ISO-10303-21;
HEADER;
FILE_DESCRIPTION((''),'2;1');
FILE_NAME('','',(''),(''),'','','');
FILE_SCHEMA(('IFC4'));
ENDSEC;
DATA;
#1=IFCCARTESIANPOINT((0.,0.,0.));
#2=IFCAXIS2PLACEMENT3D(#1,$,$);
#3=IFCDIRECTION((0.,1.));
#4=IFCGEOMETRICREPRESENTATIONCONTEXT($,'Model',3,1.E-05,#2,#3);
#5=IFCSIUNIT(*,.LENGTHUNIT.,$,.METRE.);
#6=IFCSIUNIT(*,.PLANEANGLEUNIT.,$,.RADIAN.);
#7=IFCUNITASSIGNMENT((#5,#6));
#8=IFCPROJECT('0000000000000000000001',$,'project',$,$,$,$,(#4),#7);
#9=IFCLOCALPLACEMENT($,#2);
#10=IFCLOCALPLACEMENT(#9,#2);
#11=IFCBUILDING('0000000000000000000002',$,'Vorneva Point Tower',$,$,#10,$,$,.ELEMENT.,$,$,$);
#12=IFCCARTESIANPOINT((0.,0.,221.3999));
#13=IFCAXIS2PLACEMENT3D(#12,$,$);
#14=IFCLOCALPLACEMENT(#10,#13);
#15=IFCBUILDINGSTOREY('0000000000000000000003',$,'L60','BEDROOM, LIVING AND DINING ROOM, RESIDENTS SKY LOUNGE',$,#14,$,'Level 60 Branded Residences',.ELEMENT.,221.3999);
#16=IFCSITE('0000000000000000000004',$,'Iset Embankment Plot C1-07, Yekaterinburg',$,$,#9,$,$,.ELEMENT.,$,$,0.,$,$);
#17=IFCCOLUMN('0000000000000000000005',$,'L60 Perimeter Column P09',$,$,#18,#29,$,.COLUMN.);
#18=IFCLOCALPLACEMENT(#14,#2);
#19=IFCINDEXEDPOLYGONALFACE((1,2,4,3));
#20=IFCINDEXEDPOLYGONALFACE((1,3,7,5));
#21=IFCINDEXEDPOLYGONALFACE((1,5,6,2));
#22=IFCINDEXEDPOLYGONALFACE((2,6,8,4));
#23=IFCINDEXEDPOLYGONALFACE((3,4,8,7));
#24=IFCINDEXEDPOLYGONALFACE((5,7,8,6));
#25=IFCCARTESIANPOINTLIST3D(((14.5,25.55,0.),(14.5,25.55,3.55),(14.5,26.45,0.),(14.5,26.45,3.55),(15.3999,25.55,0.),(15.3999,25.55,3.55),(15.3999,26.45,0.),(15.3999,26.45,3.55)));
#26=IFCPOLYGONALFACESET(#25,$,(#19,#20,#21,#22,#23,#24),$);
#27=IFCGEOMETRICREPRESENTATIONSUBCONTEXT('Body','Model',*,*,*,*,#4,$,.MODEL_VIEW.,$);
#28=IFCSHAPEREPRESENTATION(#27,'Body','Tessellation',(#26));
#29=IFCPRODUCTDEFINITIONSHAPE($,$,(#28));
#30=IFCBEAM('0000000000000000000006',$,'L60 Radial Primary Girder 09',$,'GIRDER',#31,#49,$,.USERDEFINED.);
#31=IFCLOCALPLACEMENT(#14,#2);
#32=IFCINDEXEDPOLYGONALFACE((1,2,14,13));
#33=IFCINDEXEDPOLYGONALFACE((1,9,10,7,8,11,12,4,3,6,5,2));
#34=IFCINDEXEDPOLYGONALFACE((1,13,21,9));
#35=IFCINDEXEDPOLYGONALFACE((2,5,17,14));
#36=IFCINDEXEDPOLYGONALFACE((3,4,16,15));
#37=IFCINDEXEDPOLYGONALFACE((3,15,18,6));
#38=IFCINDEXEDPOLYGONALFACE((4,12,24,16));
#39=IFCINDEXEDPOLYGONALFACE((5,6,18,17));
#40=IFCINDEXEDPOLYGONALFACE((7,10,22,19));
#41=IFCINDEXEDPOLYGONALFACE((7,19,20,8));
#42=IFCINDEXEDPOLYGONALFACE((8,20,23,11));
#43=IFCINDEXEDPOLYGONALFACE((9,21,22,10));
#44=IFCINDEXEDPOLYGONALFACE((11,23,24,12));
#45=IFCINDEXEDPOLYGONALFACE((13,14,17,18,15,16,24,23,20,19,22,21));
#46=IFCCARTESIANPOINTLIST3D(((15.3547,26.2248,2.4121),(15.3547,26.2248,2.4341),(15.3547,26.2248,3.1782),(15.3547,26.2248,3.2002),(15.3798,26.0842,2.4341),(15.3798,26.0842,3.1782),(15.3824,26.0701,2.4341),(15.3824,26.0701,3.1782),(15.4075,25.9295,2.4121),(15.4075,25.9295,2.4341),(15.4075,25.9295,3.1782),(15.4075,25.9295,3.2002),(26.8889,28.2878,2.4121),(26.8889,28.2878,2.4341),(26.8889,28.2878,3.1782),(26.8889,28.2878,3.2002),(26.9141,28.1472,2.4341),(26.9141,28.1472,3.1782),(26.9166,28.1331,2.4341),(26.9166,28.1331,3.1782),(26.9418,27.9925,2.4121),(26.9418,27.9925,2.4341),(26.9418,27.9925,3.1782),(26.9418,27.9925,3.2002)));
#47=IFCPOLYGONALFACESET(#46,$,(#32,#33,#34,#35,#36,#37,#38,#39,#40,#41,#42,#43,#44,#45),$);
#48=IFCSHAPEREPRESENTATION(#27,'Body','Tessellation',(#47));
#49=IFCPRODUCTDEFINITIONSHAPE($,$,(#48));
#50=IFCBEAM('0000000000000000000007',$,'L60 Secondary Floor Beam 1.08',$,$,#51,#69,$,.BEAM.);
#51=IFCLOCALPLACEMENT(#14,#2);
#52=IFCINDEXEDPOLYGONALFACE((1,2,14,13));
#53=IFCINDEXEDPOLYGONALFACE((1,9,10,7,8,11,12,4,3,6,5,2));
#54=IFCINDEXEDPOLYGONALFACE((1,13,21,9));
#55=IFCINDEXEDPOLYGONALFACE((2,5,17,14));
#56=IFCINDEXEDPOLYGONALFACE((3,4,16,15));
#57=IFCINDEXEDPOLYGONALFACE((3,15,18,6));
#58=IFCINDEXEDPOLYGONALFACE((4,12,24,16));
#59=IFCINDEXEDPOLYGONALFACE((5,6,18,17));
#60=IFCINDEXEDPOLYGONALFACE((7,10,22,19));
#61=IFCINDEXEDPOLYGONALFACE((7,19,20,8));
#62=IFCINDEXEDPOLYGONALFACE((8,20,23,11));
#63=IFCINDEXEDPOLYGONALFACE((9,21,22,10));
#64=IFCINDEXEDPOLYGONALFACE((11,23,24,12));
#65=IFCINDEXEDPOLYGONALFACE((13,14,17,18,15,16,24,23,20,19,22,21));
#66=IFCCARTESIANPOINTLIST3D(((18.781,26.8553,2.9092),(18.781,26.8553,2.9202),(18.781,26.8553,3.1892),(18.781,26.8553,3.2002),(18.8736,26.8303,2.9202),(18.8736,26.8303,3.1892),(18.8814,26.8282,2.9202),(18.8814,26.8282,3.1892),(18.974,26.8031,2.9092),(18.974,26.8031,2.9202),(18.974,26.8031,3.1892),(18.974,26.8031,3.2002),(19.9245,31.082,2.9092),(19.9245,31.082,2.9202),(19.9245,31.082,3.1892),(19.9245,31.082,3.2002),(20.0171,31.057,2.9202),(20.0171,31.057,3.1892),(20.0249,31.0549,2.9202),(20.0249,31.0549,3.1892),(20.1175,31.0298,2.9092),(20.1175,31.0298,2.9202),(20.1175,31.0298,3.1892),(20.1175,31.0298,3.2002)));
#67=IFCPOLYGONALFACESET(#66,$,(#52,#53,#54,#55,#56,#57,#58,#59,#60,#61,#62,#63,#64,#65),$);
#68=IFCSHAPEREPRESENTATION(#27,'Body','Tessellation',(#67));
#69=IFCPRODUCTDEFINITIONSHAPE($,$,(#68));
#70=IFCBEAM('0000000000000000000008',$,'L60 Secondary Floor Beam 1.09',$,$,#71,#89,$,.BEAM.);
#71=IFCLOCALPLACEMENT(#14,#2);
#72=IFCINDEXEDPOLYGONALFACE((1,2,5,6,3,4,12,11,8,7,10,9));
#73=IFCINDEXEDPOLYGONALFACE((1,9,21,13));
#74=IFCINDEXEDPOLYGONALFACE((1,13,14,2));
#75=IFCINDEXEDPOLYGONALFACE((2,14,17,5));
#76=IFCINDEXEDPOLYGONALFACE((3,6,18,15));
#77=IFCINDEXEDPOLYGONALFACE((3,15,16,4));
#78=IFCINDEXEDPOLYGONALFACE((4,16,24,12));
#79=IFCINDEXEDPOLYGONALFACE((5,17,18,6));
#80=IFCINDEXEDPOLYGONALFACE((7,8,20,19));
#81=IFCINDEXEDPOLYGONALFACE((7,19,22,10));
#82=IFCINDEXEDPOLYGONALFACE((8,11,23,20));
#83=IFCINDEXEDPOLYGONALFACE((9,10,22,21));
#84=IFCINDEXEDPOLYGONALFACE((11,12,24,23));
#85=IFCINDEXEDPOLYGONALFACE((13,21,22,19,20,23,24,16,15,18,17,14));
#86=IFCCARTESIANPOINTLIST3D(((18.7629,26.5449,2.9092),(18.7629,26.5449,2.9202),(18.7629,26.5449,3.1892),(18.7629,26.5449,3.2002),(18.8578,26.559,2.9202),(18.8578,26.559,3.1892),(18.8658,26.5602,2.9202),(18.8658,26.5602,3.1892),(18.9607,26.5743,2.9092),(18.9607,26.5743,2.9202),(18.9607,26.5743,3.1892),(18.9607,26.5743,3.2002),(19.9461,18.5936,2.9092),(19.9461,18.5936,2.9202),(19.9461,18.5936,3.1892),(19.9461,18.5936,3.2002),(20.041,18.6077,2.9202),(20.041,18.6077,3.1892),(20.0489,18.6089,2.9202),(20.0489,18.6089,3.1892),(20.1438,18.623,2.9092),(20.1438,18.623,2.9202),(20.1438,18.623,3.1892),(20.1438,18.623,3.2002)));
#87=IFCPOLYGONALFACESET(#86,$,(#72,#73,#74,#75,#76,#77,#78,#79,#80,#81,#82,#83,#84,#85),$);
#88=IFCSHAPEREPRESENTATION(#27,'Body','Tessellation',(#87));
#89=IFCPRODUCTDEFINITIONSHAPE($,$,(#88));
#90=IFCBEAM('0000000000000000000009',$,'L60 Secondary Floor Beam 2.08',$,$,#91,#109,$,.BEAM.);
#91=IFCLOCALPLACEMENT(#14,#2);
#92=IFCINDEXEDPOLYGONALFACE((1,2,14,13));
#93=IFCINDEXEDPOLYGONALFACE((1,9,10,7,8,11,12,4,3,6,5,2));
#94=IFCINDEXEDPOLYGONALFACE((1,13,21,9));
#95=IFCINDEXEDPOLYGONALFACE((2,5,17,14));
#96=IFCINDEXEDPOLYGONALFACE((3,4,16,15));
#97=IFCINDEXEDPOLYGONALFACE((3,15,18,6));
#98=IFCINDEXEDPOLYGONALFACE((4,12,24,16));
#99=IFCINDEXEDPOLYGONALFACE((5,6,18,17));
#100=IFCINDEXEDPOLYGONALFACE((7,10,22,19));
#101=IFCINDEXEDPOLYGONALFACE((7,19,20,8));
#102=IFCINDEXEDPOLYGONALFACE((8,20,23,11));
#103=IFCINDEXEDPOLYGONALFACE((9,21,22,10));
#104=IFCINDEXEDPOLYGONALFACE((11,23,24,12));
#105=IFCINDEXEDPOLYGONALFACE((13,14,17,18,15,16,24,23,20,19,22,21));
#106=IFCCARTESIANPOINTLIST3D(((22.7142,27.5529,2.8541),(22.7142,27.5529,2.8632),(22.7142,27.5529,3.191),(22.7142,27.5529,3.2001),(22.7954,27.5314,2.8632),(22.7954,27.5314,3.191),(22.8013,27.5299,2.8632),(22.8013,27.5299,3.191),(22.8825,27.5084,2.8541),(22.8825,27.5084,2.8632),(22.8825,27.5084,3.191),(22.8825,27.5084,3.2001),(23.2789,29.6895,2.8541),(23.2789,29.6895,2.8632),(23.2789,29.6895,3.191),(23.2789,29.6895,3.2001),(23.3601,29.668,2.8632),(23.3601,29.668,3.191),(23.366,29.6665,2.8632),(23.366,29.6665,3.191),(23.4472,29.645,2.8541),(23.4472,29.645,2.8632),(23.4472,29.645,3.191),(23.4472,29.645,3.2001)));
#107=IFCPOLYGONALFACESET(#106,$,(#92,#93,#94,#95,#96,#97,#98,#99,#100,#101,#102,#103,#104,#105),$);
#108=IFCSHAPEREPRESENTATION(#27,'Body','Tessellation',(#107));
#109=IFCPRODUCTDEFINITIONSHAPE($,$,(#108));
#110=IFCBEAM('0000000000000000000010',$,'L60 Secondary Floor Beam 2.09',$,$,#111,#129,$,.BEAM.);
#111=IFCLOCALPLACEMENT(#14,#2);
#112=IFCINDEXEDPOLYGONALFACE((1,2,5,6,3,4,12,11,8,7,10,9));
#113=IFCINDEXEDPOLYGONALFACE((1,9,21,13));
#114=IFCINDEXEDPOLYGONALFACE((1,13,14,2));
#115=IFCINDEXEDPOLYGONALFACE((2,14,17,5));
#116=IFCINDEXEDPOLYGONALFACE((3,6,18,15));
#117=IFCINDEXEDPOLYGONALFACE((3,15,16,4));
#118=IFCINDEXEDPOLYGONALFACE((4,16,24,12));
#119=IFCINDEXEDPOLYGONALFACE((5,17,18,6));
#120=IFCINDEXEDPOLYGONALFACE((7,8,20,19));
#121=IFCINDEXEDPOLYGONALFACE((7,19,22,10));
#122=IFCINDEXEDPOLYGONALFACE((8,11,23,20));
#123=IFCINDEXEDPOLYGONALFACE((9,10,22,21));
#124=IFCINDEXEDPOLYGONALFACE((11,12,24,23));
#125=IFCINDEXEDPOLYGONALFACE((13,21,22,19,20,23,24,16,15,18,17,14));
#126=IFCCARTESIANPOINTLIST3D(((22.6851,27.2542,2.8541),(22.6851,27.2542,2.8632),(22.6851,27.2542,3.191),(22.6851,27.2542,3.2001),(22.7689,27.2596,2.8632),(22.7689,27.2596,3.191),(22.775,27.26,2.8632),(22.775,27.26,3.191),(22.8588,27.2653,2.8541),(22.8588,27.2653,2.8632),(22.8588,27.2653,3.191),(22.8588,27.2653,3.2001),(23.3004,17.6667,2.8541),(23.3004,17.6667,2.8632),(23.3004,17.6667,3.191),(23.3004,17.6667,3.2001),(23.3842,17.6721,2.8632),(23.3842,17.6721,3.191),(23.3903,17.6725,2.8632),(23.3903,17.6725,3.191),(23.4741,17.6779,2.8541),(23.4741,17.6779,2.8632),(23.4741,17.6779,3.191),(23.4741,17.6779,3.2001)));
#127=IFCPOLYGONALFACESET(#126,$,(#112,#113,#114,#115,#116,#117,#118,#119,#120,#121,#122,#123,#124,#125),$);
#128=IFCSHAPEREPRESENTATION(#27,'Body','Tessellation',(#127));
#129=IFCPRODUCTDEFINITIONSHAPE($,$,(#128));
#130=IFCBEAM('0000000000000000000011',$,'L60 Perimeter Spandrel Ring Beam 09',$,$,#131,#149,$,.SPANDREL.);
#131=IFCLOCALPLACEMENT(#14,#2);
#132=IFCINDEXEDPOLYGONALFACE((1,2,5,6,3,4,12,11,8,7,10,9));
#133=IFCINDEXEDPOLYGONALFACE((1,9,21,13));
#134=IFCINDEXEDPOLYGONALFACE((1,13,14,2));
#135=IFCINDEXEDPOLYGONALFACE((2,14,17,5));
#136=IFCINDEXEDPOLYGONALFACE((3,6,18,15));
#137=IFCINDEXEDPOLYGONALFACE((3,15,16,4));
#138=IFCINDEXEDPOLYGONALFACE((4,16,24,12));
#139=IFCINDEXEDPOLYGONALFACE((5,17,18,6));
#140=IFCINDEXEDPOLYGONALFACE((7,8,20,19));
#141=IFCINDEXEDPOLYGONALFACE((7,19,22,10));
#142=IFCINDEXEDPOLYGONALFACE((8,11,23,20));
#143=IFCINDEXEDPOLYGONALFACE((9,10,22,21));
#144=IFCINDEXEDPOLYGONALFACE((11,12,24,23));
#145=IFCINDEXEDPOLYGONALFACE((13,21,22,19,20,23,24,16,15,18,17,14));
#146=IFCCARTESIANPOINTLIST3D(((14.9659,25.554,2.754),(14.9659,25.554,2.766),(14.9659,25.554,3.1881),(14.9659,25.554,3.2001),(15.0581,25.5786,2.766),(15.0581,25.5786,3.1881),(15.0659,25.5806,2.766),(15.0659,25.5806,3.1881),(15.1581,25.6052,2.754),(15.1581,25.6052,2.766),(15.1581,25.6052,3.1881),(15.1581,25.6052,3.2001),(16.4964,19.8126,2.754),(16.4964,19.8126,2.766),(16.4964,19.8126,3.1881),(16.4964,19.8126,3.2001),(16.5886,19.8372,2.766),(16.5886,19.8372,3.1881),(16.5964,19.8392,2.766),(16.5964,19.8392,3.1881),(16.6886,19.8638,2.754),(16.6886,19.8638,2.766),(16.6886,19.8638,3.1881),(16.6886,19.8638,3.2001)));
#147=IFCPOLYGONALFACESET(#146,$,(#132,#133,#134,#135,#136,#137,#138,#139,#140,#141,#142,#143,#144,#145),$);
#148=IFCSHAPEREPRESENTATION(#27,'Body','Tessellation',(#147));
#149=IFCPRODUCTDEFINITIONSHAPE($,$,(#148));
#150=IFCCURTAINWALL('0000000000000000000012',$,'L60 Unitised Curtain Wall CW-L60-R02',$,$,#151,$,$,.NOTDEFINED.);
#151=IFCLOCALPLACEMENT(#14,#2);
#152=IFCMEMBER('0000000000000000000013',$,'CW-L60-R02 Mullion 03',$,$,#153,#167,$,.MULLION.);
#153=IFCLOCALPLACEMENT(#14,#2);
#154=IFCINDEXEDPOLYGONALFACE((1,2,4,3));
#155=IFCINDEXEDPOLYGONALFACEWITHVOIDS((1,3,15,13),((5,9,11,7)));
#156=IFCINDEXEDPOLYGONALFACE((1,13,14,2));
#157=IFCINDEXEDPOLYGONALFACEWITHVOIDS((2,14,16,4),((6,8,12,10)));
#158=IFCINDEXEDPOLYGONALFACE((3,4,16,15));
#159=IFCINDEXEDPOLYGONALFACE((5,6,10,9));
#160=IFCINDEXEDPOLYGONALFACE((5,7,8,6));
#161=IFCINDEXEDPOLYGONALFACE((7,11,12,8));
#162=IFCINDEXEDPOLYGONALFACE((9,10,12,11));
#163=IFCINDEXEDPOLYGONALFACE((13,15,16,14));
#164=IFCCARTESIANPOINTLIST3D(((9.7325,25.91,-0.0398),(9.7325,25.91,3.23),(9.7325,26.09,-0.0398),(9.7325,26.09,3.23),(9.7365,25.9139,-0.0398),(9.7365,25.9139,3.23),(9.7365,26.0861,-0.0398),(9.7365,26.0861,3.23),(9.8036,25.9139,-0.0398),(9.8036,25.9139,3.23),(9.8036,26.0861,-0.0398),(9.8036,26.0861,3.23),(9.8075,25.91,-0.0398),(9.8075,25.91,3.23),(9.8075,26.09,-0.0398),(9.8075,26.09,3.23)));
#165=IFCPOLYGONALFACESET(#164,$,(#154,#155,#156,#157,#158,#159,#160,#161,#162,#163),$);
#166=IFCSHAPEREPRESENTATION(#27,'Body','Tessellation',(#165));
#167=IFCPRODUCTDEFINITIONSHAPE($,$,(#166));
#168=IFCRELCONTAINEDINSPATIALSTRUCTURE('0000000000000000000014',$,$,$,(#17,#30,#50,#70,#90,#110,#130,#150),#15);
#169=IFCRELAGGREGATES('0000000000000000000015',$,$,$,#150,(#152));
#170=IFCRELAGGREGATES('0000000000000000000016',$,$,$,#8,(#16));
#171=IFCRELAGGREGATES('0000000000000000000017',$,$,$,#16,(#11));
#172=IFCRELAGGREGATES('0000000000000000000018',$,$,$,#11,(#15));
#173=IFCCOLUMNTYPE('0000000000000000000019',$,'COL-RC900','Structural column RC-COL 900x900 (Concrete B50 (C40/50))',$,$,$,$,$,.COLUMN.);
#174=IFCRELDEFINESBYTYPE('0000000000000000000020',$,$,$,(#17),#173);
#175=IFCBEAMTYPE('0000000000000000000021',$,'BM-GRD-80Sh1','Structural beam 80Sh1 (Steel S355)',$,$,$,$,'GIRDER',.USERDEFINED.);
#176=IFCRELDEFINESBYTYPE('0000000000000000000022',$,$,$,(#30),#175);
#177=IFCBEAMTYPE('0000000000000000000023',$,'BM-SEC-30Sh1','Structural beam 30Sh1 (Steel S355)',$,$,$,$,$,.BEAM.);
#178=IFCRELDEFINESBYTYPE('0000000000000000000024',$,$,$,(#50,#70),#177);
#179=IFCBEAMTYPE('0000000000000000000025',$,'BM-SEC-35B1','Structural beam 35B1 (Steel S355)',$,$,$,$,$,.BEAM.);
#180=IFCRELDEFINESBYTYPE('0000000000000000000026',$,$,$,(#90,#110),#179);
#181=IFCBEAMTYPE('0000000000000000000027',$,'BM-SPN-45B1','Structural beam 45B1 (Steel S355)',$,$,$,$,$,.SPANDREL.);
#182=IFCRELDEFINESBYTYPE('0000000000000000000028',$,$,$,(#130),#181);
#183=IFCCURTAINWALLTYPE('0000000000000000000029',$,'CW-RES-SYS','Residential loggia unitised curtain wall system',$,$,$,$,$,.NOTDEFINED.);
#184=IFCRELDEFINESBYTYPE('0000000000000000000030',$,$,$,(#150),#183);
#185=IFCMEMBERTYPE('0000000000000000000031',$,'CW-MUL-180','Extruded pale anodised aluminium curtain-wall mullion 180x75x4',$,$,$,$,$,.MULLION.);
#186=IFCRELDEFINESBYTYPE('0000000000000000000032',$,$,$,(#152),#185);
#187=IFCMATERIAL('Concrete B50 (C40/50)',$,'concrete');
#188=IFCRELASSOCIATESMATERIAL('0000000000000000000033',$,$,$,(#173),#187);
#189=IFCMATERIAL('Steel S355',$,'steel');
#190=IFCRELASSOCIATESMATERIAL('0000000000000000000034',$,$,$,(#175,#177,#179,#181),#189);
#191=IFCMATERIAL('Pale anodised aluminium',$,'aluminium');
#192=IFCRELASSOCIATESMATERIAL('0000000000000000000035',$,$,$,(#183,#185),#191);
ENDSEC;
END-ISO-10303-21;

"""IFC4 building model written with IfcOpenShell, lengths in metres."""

from ifc_helpers import new_model, si_unit, direction, frame, origin, origin_2d, place, context, subcontext, project, spatial, rectangle, hollow_rectangle, i_section, extrude, material, material_profile, profile_set, type_object, element, aggregate, save


model = new_model("IFC4")

# Units and contexts
model_context = context("Model", 3, precision=1e-05, world=origin(), true_north=direction((0.0, 1.0)))
body_context = subcontext(model_context, "Body", "Model", "MODEL_VIEW")
ifc_project = project(units=[si_unit("LENGTHUNIT", "METRE"), si_unit("PLANEANGLEUNIT", "RADIAN")], contexts=[model_context])

# Site, building, storey
site_placement = place(None, origin())
site = spatial("IfcSite", under=ifc_project, at=site_placement, Name="Iset Embankment Plot C1-07, Yekaterinburg", CompositionType="ELEMENT", RefElevation=0.0)
building_placement = place(site_placement, origin())
building = spatial("IfcBuilding", under=site, at=building_placement, Name="Vorneva Point Tower", CompositionType="ELEMENT")
storey_placement = place(building_placement, frame((0.0, 0.0, 221.3999)))
storey = spatial("IfcBuildingStorey", under=building, at=storey_placement, Name="L60", Description="BEDROOM, LIVING AND DINING ROOM, RESIDENTS SKY LOUNGE", LongName="Level 60 Branded Residences", CompositionType="ELEMENT", Elevation=221.3999)

# Column
ifc_material_1 = material(Name="Concrete B50 (C40/50)", Category="concrete")
ifc_material_profile_1 = material_profile(ifc_material_1, rectangle(XDim=0.8999, YDim=0.8999, at=origin_2d()), Name="RC-COL 900x900")
ifc_profile_set_1 = profile_set([ifc_material_profile_1], Name="Concrete B50 (C40/50)")
column_type = type_object("IfcColumnType", Name="COL-RC900", Description="Structural column RC-COL 900x900 (Concrete B50 (C40/50))", PredefinedType="COLUMN", material=ifc_profile_set_1)
column_placement = place(storey_placement, frame((14.95, 26.0, 0.0), z_axis=(0.0, 0.0, 1.0), x_axis=(-1.0, 0.0, 0.0)))
element("IfcColumn", 1, at=column_placement, inside=storey, type_object=column_type, Name="L60 Perimeter Column P09", PredefinedType="COLUMN", context=body_context, shape_type="SweptSolid", body=[
    extrude(rectangle(XDim=0.8999, YDim=0.8999, at=origin_2d()), origin(), (0.0, 0.0, 1.0), 3.55),
])

# Beams
ifc_material_2 = material(Name="Steel S355", Category="steel")
ifc_material_profile_2 = material_profile(ifc_material_2, i_section(OverallWidth=0.3, OverallDepth=0.7881, WebThickness=0.0144, FlangeThickness=0.022, at=origin_2d()), Name="80Sh1")
ifc_profile_set_2 = profile_set([ifc_material_profile_2], Name="Steel S355")
beam_type_1 = type_object("IfcBeamType", Name="BM-GRD-80Sh1", Description="Structural beam 80Sh1 (Steel S355)", ElementType="GIRDER", PredefinedType="USERDEFINED", material=ifc_profile_set_2)
beam_1_placement = place(storey_placement, frame((15.3811, 26.0771, 2.8062), z_axis=(0.984379, 0.176065, 0.0), x_axis=(-0.176065, 0.984379, 0.0)))
element("IfcBeam", 2, at=beam_1_placement, inside=storey, type_object=beam_type_1, Name="L60 Radial Primary Girder 09", ObjectType="GIRDER", PredefinedType="USERDEFINED", context=body_context, shape_type="SweptSolid", body=[
    extrude(i_section(OverallWidth=0.3, OverallDepth=0.7881, WebThickness=0.0144, FlangeThickness=0.022, at=origin_2d()), origin(), (0.0, 0.0, 1.0), 11.7173),
])
ifc_material_profile_3 = material_profile(ifc_material_2, i_section(OverallWidth=0.2, OverallDepth=0.291, WebThickness=0.0081, FlangeThickness=0.011, at=origin_2d()), Name="30Sh1")
ifc_profile_set_3 = profile_set([ifc_material_profile_3], Name="Steel S355")
beam_type_2 = type_object("IfcBeamType", Name="BM-SEC-30Sh1", Description="Structural beam 30Sh1 (Steel S355)", PredefinedType="BEAM", material=ifc_profile_set_3)
beam_2_placement = place(storey_placement, frame((20.021, 31.0559, 3.0547), z_axis=(-0.261159, -0.965296, 0.0), x_axis=(0.965296, -0.261159, 0.0)))
element("IfcBeam", 3, at=beam_2_placement, inside=storey, type_object=beam_type_2, Name="L60 Secondary Floor Beam 1.08", PredefinedType="BEAM", context=body_context, shape_type="SweptSolid", body=[
    extrude(i_section(OverallWidth=0.2, OverallDepth=0.291, WebThickness=0.0081, FlangeThickness=0.011, at=origin_2d()), origin(), (0.0, 0.0, 1.0), 4.3787),
])
beam_3_placement = place(storey_placement, frame((18.8618, 26.5596, 3.0547), z_axis=(0.147176, -0.98911, 0.0), x_axis=(0.98911, 0.147176, 0.0)))
element("IfcBeam", 4, at=beam_3_placement, inside=storey, type_object=beam_type_2, Name="L60 Secondary Floor Beam 1.09", PredefinedType="BEAM", context=body_context, shape_type="SweptSolid", body=[
    extrude(i_section(OverallWidth=0.2, OverallDepth=0.291, WebThickness=0.0081, FlangeThickness=0.011, at=origin_2d()), origin(), (0.0, 0.0, 1.0), 8.0388),
])
ifc_material_profile_4 = material_profile(ifc_material_2, i_section(OverallWidth=0.1741, OverallDepth=0.3459, WebThickness=0.0061, FlangeThickness=0.009, at=origin_2d()), Name="35B1")
ifc_profile_set_4 = profile_set([ifc_material_profile_4], Name="Steel S355")
beam_type_3 = type_object("IfcBeamType", Name="BM-SEC-35B1", Description="Structural beam 35B1 (Steel S355)", PredefinedType="BEAM", material=ifc_profile_set_4)
beam_4_placement = place(storey_placement, frame((23.363, 29.6672, 3.0271), z_axis=(-0.255537, -0.966799, 0.0), x_axis=(0.966799, -0.255537, 0.0)))
element("IfcBeam", 5, at=beam_4_placement, inside=storey, type_object=beam_type_3, Name="L60 Secondary Floor Beam 2.08", PredefinedType="BEAM", context=body_context, shape_type="SweptSolid", body=[
    extrude(i_section(OverallWidth=0.1741, OverallDepth=0.3459, WebThickness=0.0061, FlangeThickness=0.009, at=origin_2d()), origin(), (0.0, 0.0, 1.0), 2.21),
])
beam_5_placement = place(storey_placement, frame((22.772, 27.2598, 3.0271), z_axis=(0.064039, -0.997947, 0.0), x_axis=(0.997947, 0.064039, 0.0)))
element("IfcBeam", 6, at=beam_5_placement, inside=storey, type_object=beam_type_3, Name="L60 Secondary Floor Beam 2.09", PredefinedType="BEAM", context=body_context, shape_type="SweptSolid", body=[
    extrude(i_section(OverallWidth=0.1741, OverallDepth=0.3459, WebThickness=0.0061, FlangeThickness=0.009, at=origin_2d()), origin(), (0.0, 0.0, 1.0), 9.6072),
])
ifc_material_profile_5 = material_profile(ifc_material_2, i_section(OverallWidth=0.199, OverallDepth=0.446, WebThickness=0.0081, FlangeThickness=0.012, at=origin_2d()), Name="45B1")
ifc_profile_set_5 = profile_set([ifc_material_profile_5], Name="Steel S355")
beam_type_4 = type_object("IfcBeamType", Name="BM-SPN-45B1", Description="Structural beam 45B1 (Steel S355)", PredefinedType="SPANDREL", material=ifc_profile_set_5)
beam_6_placement = place(storey_placement, frame((15.062, 25.5796, 2.9771), z_axis=(0.257578, -0.966257, 0.0), x_axis=(0.966257, 0.257578, 0.0)))
element("IfcBeam", 7, at=beam_6_placement, inside=storey, type_object=beam_type_4, Name="L60 Perimeter Spandrel Ring Beam 09", PredefinedType="SPANDREL", context=body_context, shape_type="SweptSolid", body=[
    extrude(i_section(OverallWidth=0.199, OverallDepth=0.446, WebThickness=0.0081, FlangeThickness=0.012, at=origin_2d()), origin(), (0.0, 0.0, 1.0), 5.9419),
])

# Curtain wall, member
ifc_material_3 = material(Name="Pale anodised aluminium", Category="aluminium")
curtain_wall_type = type_object("IfcCurtainWallType", Name="CW-RES-SYS", Description="Residential loggia unitised curtain wall system", PredefinedType="NOTDEFINED", material=ifc_material_3)
curtain_wall_placement = place(storey_placement, origin())
curtain_wall = element("IfcCurtainWall", 8, at=curtain_wall_placement, inside=storey, type_object=curtain_wall_type, Name="L60 Unitised Curtain Wall CW-L60-R02", PredefinedType="NOTDEFINED")
ifc_material_profile_6 = material_profile(ifc_material_3, hollow_rectangle(XDim=0.075, YDim=0.1799, WallThickness=0.0039, at=origin_2d()), Name="AL-MUL 180x75x4")
ifc_profile_set_6 = profile_set([ifc_material_profile_6], Name="Pale anodised aluminium")
member_type_1 = type_object("IfcMemberType", Name="CW-MUL-180", Description="Extruded pale anodised aluminium curtain-wall mullion 180x75x4", PredefinedType="MULLION", material=ifc_profile_set_6)
member_1_placement = place(storey_placement, frame((9.77, 26.0, -0.0398), z_axis=(0.0, 0.0, 1.0), x_axis=(1.0, 0.0, 0.0)))
member_1 = element("IfcMember", 9, at=member_1_placement, type_object=member_type_1, Name="CW-L60-R02 Mullion 03", PredefinedType="MULLION", context=body_context, shape_type="SweptSolid", body=[
    extrude(hollow_rectangle(XDim=0.075, YDim=0.1799, WallThickness=0.0039, at=origin_2d()), origin(), (0.0, 0.0, 1.0), 3.2698),
])
aggregate(curtain_wall, [member_1])

save(model, "model.ifc")
